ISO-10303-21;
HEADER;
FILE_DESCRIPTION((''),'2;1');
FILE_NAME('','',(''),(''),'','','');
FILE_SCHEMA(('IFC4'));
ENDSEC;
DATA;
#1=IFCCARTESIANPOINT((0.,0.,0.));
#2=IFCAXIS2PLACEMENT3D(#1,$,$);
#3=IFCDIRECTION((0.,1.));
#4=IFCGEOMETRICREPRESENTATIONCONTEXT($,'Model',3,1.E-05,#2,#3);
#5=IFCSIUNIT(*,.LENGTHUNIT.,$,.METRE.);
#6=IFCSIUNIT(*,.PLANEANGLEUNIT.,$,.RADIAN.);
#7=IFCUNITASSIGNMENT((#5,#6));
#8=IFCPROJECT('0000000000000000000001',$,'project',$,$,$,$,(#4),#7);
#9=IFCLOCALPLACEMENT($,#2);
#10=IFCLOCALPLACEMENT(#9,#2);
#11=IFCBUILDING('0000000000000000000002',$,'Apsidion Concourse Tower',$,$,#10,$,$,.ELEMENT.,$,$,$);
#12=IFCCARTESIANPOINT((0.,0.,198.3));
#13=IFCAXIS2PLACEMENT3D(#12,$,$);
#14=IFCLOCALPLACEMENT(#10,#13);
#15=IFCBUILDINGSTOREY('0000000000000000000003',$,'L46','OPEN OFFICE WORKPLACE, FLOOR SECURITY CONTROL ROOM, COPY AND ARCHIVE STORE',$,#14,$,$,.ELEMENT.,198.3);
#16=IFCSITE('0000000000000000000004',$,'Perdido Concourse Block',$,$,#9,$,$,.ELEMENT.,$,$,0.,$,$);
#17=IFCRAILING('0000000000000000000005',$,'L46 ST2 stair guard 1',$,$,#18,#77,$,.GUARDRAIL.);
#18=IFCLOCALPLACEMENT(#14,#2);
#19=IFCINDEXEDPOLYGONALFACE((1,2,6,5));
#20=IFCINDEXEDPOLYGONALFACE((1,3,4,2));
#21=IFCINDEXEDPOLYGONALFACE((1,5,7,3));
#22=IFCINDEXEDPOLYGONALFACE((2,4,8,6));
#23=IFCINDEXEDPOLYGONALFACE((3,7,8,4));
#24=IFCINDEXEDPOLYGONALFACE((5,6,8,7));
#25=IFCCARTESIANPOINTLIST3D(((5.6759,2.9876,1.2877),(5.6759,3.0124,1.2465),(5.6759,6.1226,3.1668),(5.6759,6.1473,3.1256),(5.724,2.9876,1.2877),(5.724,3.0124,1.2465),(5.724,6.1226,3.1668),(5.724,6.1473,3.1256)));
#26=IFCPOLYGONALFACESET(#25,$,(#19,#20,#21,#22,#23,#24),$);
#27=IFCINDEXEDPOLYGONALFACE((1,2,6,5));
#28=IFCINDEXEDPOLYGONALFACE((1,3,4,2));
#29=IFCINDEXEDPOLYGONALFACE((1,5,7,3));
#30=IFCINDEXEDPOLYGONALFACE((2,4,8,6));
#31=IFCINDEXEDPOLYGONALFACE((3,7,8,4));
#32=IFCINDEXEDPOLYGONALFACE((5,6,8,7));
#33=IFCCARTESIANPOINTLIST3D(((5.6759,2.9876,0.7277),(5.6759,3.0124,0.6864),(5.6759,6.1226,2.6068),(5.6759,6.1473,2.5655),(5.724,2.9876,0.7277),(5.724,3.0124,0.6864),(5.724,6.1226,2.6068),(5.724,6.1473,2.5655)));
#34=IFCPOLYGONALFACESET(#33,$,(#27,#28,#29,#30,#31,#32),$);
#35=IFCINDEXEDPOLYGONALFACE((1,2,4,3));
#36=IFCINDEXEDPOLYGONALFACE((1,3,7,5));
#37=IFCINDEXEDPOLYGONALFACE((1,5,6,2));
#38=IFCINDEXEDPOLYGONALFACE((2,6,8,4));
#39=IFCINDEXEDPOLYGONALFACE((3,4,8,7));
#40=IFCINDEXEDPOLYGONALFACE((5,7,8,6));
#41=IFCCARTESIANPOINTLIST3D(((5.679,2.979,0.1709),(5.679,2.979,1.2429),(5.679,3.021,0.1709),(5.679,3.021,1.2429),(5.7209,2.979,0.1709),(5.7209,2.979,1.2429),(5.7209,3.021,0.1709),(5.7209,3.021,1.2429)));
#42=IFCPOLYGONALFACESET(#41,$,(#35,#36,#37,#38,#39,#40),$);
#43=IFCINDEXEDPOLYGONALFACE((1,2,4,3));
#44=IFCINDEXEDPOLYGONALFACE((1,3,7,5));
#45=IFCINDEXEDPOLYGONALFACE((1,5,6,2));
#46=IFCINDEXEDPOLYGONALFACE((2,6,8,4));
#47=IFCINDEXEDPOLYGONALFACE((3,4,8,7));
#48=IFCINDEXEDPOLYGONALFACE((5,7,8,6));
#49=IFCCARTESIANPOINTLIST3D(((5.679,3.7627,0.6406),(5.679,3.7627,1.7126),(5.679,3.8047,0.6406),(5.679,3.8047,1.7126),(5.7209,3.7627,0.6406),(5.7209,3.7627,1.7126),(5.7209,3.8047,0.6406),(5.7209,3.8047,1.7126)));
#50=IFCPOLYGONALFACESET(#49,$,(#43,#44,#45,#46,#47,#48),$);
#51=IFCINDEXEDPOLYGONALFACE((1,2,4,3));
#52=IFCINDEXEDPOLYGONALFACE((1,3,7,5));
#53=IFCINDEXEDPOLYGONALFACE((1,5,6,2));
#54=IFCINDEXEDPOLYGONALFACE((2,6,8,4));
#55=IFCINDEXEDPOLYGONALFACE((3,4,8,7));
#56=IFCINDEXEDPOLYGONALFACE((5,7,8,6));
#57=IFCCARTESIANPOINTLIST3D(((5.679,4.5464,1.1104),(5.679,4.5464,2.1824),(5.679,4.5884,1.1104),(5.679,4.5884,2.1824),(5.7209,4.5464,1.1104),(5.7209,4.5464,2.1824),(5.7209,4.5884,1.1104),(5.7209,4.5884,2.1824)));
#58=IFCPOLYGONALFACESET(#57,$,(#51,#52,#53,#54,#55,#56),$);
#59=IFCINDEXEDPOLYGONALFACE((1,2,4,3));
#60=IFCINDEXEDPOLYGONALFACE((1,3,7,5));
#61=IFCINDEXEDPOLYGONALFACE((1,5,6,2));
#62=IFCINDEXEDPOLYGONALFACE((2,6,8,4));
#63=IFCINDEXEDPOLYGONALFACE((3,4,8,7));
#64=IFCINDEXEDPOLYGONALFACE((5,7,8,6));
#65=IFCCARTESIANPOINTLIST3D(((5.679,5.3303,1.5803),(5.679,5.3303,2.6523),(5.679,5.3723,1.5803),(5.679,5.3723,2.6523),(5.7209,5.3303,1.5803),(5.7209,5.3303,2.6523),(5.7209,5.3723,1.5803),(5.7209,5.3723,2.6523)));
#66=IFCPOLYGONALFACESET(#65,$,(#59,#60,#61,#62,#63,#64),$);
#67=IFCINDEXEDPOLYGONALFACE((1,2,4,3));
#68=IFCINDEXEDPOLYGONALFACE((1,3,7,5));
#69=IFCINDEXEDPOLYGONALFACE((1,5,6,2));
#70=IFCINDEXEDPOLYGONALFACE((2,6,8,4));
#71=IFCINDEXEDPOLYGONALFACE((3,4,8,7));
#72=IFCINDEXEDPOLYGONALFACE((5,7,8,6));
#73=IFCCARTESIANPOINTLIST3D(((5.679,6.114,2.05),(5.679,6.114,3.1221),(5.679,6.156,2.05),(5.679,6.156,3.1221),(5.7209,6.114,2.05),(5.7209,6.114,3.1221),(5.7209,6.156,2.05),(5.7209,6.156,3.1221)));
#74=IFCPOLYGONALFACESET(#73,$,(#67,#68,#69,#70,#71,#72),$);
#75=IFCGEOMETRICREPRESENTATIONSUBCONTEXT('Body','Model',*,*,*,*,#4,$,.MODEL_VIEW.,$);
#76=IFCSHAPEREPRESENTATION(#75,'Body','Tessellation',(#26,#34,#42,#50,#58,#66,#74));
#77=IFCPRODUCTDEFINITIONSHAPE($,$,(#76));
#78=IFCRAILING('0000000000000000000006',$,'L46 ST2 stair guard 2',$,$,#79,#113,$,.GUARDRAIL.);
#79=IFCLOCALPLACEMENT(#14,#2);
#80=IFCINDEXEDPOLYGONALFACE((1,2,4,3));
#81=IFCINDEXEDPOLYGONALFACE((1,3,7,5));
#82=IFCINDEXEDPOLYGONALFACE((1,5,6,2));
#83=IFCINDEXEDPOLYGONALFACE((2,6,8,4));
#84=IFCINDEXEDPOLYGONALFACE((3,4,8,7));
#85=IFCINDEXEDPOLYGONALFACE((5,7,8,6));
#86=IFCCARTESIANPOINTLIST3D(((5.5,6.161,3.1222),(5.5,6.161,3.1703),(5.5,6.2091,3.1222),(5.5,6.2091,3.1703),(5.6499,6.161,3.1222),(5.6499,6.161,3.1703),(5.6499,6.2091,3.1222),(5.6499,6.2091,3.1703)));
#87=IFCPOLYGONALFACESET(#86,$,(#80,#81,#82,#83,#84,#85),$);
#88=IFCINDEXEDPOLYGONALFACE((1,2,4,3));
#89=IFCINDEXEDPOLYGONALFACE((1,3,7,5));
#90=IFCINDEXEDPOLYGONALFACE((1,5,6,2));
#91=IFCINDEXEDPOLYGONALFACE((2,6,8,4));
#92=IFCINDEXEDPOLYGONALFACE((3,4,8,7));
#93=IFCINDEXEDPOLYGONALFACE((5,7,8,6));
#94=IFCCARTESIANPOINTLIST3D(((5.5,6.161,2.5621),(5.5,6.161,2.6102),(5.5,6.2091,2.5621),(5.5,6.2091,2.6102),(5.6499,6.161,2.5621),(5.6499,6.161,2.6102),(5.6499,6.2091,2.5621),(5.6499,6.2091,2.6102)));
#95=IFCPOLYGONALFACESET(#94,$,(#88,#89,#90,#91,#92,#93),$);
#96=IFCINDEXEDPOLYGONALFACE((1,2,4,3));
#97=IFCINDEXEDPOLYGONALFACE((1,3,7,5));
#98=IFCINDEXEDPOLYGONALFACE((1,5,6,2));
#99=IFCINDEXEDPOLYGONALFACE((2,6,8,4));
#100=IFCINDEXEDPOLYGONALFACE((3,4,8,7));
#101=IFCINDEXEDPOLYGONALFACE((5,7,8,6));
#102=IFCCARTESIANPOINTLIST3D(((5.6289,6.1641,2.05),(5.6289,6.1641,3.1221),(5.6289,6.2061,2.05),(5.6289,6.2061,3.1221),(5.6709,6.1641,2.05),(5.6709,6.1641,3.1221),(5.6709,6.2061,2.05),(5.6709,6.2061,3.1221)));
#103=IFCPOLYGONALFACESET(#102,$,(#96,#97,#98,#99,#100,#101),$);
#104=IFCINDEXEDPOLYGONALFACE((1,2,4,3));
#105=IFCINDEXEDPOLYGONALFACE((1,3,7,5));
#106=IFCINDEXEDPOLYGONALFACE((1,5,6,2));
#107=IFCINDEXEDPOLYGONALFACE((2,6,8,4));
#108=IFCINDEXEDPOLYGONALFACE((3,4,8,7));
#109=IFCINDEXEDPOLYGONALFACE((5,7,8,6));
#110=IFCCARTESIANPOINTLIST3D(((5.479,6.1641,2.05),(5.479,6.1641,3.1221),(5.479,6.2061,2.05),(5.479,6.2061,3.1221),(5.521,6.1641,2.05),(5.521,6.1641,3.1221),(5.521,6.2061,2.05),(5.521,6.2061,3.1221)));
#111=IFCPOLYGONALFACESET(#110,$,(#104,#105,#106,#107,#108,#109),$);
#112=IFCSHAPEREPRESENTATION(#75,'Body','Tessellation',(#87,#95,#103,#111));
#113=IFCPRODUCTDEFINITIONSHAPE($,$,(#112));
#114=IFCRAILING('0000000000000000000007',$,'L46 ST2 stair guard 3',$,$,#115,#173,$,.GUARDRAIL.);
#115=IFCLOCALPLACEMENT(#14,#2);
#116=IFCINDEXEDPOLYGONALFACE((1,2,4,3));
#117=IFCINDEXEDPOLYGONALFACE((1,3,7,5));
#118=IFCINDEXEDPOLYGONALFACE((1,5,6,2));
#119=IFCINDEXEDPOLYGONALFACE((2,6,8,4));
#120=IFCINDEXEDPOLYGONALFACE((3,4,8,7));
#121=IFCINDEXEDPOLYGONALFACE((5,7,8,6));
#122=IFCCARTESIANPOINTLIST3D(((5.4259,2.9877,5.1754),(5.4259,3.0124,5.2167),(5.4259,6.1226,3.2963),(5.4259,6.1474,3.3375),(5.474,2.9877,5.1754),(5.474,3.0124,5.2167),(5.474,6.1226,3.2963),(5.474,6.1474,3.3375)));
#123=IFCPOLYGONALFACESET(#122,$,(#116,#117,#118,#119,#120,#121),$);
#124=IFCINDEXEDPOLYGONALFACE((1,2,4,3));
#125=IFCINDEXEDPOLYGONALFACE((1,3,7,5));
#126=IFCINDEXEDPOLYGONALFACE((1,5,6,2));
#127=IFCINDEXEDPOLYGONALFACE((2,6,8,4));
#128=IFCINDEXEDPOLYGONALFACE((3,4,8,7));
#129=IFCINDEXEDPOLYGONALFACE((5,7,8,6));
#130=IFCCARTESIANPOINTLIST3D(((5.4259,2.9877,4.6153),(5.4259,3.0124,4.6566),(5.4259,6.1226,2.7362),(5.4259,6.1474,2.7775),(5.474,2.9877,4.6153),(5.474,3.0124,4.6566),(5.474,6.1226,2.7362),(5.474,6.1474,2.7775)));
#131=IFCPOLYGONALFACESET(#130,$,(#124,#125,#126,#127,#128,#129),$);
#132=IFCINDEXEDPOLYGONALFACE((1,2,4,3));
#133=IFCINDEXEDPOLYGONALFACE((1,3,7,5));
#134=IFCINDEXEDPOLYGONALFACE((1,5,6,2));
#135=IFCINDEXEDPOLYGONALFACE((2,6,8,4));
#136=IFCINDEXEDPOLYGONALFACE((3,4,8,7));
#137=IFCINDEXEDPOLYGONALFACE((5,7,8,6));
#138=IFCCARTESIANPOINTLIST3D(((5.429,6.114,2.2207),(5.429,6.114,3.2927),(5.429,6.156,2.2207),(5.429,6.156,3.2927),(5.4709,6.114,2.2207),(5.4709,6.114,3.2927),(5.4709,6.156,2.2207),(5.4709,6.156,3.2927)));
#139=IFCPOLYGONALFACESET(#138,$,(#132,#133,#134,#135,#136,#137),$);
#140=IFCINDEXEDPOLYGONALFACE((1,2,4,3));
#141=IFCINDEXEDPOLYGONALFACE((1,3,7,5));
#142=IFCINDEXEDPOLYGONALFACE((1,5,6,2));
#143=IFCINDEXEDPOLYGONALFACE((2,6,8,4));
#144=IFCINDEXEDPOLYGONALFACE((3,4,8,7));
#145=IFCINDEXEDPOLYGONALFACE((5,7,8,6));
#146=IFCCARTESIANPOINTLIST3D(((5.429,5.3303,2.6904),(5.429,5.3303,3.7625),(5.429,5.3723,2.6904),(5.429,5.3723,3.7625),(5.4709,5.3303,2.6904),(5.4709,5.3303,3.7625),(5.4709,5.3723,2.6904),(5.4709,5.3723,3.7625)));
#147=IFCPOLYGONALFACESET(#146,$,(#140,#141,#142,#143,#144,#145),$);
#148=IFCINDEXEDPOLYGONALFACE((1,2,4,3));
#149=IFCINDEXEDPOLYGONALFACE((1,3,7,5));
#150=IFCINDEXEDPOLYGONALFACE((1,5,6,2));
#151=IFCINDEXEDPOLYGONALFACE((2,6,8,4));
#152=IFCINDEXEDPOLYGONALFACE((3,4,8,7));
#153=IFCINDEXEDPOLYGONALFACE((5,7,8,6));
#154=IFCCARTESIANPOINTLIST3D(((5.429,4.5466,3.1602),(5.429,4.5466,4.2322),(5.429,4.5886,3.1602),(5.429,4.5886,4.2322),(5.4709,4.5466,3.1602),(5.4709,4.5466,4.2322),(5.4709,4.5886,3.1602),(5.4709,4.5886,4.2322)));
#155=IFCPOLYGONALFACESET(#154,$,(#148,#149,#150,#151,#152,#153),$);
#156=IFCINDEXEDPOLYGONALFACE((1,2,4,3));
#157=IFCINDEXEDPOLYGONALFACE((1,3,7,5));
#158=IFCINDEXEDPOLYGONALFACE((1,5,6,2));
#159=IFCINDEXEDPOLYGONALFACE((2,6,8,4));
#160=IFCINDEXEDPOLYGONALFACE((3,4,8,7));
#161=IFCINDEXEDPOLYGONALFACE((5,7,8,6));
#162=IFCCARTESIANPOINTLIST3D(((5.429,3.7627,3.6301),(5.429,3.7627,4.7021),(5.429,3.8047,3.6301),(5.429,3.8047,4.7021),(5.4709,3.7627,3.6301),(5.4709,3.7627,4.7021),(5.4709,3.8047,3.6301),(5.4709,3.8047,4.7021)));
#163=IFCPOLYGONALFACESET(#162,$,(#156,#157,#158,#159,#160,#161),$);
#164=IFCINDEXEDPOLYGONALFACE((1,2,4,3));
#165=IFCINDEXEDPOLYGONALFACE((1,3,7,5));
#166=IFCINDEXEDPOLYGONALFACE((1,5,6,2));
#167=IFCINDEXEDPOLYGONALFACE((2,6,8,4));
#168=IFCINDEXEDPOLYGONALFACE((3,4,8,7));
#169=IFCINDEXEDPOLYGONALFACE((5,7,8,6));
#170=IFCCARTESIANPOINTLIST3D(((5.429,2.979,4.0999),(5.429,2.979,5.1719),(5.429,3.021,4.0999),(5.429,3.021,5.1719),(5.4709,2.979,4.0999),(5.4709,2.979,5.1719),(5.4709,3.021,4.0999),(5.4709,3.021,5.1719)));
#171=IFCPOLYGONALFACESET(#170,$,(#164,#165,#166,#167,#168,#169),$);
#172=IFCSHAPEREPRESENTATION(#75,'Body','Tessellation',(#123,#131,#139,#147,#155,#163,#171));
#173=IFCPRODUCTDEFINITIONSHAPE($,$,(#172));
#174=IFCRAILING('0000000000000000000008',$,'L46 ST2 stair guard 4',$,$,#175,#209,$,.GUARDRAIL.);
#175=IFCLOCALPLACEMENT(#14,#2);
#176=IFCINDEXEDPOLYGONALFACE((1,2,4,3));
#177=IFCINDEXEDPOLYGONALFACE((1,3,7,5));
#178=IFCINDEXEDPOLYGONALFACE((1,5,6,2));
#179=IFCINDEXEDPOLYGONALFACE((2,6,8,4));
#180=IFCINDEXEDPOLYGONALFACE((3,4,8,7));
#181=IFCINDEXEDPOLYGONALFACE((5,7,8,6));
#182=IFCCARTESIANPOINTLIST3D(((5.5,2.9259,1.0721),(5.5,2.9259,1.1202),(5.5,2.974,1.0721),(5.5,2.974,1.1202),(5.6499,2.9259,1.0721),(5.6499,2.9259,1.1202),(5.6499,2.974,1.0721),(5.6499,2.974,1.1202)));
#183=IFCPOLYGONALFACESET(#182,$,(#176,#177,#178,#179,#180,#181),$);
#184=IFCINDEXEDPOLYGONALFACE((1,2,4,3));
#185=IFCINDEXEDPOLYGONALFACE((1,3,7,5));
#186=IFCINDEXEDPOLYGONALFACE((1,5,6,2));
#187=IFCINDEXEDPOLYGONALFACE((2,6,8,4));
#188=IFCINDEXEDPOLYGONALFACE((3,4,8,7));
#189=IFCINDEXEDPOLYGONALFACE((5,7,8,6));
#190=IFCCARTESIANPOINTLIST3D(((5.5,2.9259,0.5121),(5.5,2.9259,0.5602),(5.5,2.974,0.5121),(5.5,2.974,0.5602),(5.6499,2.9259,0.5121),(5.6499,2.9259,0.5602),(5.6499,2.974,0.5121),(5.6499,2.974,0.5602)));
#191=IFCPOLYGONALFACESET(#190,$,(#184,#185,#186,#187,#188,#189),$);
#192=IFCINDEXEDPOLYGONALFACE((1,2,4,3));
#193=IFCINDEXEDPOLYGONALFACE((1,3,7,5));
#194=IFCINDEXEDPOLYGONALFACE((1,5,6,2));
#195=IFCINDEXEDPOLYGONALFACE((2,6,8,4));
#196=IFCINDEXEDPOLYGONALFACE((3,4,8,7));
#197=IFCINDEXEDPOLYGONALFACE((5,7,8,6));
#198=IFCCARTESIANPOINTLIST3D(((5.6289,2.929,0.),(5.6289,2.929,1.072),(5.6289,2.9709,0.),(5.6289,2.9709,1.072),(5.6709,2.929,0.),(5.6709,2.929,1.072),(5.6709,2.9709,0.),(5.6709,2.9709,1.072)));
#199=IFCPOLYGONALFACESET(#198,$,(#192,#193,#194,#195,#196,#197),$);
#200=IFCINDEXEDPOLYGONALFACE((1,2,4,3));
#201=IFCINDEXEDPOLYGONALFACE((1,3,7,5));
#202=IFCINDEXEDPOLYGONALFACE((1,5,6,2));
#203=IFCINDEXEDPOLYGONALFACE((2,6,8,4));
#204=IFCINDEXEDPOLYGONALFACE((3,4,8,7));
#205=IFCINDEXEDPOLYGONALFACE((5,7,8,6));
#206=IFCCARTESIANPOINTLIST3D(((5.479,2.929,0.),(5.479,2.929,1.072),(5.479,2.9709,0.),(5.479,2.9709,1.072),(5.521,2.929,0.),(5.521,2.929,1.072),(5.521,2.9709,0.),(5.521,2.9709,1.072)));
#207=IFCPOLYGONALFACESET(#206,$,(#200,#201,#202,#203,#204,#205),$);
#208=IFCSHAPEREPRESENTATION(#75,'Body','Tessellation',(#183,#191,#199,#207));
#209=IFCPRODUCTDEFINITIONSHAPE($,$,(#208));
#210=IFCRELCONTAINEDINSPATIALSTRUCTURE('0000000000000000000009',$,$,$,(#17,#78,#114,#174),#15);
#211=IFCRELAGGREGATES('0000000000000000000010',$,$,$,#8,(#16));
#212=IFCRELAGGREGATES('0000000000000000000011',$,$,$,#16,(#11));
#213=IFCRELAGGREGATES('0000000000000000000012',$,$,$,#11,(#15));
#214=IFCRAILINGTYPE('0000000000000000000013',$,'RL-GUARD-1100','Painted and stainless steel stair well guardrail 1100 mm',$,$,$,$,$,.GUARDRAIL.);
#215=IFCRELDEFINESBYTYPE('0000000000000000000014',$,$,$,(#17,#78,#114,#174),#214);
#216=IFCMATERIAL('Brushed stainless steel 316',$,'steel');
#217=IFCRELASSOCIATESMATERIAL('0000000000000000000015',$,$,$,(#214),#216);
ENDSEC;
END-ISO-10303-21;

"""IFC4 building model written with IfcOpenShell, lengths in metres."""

from ifc_helpers import new_model, si_unit, direction, frame, origin, origin_2d, place, context, subcontext, project, spatial, rectangle, extrude, material, type_object, element, save


model = new_model("IFC4")

# Units and contexts
model_context = context("Model", 3, precision=1e-05, world=origin(), true_north=direction((0.0, 1.0)))
body_context = subcontext(model_context, "Body", "Model", "MODEL_VIEW")
ifc_project = project(units=[si_unit("LENGTHUNIT", "METRE"), si_unit("PLANEANGLEUNIT", "RADIAN")], contexts=[model_context])

# Site, building, storey
site_placement = place(None, origin())
site = spatial("IfcSite", under=ifc_project, at=site_placement, Name="Perdido Concourse Block", CompositionType="ELEMENT", RefElevation=0.0)
building_placement = place(site_placement, origin())
building = spatial("IfcBuilding", under=site, at=building_placement, Name="Apsidion Concourse Tower", CompositionType="ELEMENT")
storey_placement = place(building_placement, frame((0.0, 0.0, 198.3)))
storey = spatial("IfcBuildingStorey", under=building, at=storey_placement, Name="L46", Description="OPEN OFFICE WORKPLACE, FLOOR SECURITY CONTROL ROOM, COPY AND ARCHIVE STORE", CompositionType="ELEMENT", Elevation=198.3)

# Railings
ifc_material_1 = material(Name="Brushed stainless steel 316", Category="steel")
railing_type_1 = type_object("IfcRailingType", Name="RL-GUARD-1100", Description="Painted and stainless steel stair well guardrail 1100 mm", PredefinedType="GUARDRAIL", material=ifc_material_1)
railing_1_placement = place(storey_placement, frame((5.7, 3.0, 0.1709)))
element("IfcRailing", 1, at=railing_1_placement, inside=storey, type_object=railing_type_1, Name="L46 ST2 stair guard 1", PredefinedType="GUARDRAIL", context=body_context, shape_type="SweptSolid", body=[
    extrude(rectangle(XDim=0.0481, YDim=0.0481, at=origin_2d()), frame((0.0, 0.0, 1.0962), z_axis=(0.0, 0.857717, 0.514122), x_axis=(-1.0, 0.0, 0.0)), (0.0, 0.0, 1.0), 3.655),
    extrude(rectangle(XDim=0.0481, YDim=0.0481, at=origin_2d()), frame((0.0, 0.0, 0.5361), z_axis=(0.0, 0.857717, 0.514122), x_axis=(-1.0, 0.0, 0.0)), (0.0, 0.0, 1.0), 3.655),
    extrude(rectangle(XDim=0.042, YDim=0.042, at=origin_2d()), origin(), (0.0, 0.0, 1.0), 1.072),
    extrude(rectangle(XDim=0.042, YDim=0.042, at=origin_2d()), frame((0.0, 0.7837, 0.4697)), (0.0, 0.0, 1.0), 1.072),
    extrude(rectangle(XDim=0.042, YDim=0.042, at=origin_2d()), frame((0.0, 1.5674, 0.9395)), (0.0, 0.0, 1.0), 1.072),
    extrude(rectangle(XDim=0.042, YDim=0.042, at=origin_2d()), frame((0.0, 2.3513, 1.4094)), (0.0, 0.0, 1.0), 1.072),
    extrude(rectangle(XDim=0.042, YDim=0.042, at=origin_2d()), frame((0.0, 3.135, 1.8792)), (0.0, 0.0, 1.0), 1.072),
])
railing_2_placement = place(storey_placement, frame((5.6499, 6.1851, 2.05)))
element("IfcRailing", 2, at=railing_2_placement, inside=storey, type_object=railing_type_1, Name="L46 ST2 stair guard 2", PredefinedType="GUARDRAIL", context=body_context, shape_type="SweptSolid", body=[
    extrude(rectangle(XDim=0.0481, YDim=0.0481, at=origin_2d()), frame((0.0, 0.0, 1.0962), z_axis=(-1.0, 0.0, 0.0), x_axis=(0.0, -1.0, 0.0)), (0.0, 0.0, 1.0), 0.1499),
    extrude(rectangle(XDim=0.0481, YDim=0.0481, at=origin_2d()), frame((0.0, 0.0, 0.5361), z_axis=(-1.0, 0.0, 0.0), x_axis=(0.0, -1.0, 0.0)), (0.0, 0.0, 1.0), 0.1499),
    extrude(rectangle(XDim=0.042, YDim=0.042, at=origin_2d()), origin(), (0.0, 0.0, 1.0), 1.072),
    extrude(rectangle(XDim=0.042, YDim=0.042, at=origin_2d()), frame((-0.1499, 0.0, 0.0)), (0.0, 0.0, 1.0), 1.072),
])
railing_3_placement = place(storey_placement, frame((5.45, 6.135, 2.2207)))
element("IfcRailing", 3, at=railing_3_placement, inside=storey, type_object=railing_type_1, Name="L46 ST2 stair guard 3", PredefinedType="GUARDRAIL", context=body_context, shape_type="SweptSolid", body=[
    extrude(rectangle(XDim=0.0481, YDim=0.0481, at=origin_2d()), frame((0.0, 0.0, 1.0962), z_axis=(0.0, -0.857717, 0.514122), x_axis=(1.0, 0.0, 0.0)), (0.0, 0.0, 1.0), 3.655),
    extrude(rectangle(XDim=0.0481, YDim=0.0481, at=origin_2d()), frame((0.0, 0.0, 0.5361), z_axis=(0.0, -0.857717, 0.514122), x_axis=(1.0, 0.0, 0.0)), (0.0, 0.0, 1.0), 3.655),
    extrude(rectangle(XDim=0.042, YDim=0.042, at=origin_2d()), origin(), (0.0, 0.0, 1.0), 1.072),
    extrude(rectangle(XDim=0.042, YDim=0.042, at=origin_2d()), frame((0.0, -0.7837, 0.4697)), (0.0, 0.0, 1.0), 1.072),
    extrude(rectangle(XDim=0.042, YDim=0.042, at=origin_2d()), frame((0.0, -1.5674, 0.9395)), (0.0, 0.0, 1.0), 1.072),
    extrude(rectangle(XDim=0.042, YDim=0.042, at=origin_2d()), frame((0.0, -2.3513, 1.4094)), (0.0, 0.0, 1.0), 1.072),
    extrude(rectangle(XDim=0.042, YDim=0.042, at=origin_2d()), frame((0.0, -3.135, 1.8792)), (0.0, 0.0, 1.0), 1.072),
])
railing_4_placement = place(storey_placement, frame((5.6499, 2.95, 0.0)))
element("IfcRailing", 4, at=railing_4_placement, inside=storey, type_object=railing_type_1, Name="L46 ST2 stair guard 4", PredefinedType="GUARDRAIL", context=body_context, shape_type="SweptSolid", body=[
    extrude(rectangle(XDim=0.0481, YDim=0.0481, at=origin_2d()), frame((0.0, 0.0, 1.0962), z_axis=(-1.0, 0.0, 0.0), x_axis=(0.0, -1.0, 0.0)), (0.0, 0.0, 1.0), 0.1499),
    extrude(rectangle(XDim=0.0481, YDim=0.0481, at=origin_2d()), frame((0.0, 0.0, 0.5361), z_axis=(-1.0, 0.0, 0.0), x_axis=(0.0, -1.0, 0.0)), (0.0, 0.0, 1.0), 0.1499),
    extrude(rectangle(XDim=0.042, YDim=0.042, at=origin_2d()), origin(), (0.0, 0.0, 1.0), 1.072),
    extrude(rectangle(XDim=0.042, YDim=0.042, at=origin_2d()), frame((-0.1499, 0.0, 0.0)), (0.0, 0.0, 1.0), 1.072),
])

save(model, "model.ifc")
